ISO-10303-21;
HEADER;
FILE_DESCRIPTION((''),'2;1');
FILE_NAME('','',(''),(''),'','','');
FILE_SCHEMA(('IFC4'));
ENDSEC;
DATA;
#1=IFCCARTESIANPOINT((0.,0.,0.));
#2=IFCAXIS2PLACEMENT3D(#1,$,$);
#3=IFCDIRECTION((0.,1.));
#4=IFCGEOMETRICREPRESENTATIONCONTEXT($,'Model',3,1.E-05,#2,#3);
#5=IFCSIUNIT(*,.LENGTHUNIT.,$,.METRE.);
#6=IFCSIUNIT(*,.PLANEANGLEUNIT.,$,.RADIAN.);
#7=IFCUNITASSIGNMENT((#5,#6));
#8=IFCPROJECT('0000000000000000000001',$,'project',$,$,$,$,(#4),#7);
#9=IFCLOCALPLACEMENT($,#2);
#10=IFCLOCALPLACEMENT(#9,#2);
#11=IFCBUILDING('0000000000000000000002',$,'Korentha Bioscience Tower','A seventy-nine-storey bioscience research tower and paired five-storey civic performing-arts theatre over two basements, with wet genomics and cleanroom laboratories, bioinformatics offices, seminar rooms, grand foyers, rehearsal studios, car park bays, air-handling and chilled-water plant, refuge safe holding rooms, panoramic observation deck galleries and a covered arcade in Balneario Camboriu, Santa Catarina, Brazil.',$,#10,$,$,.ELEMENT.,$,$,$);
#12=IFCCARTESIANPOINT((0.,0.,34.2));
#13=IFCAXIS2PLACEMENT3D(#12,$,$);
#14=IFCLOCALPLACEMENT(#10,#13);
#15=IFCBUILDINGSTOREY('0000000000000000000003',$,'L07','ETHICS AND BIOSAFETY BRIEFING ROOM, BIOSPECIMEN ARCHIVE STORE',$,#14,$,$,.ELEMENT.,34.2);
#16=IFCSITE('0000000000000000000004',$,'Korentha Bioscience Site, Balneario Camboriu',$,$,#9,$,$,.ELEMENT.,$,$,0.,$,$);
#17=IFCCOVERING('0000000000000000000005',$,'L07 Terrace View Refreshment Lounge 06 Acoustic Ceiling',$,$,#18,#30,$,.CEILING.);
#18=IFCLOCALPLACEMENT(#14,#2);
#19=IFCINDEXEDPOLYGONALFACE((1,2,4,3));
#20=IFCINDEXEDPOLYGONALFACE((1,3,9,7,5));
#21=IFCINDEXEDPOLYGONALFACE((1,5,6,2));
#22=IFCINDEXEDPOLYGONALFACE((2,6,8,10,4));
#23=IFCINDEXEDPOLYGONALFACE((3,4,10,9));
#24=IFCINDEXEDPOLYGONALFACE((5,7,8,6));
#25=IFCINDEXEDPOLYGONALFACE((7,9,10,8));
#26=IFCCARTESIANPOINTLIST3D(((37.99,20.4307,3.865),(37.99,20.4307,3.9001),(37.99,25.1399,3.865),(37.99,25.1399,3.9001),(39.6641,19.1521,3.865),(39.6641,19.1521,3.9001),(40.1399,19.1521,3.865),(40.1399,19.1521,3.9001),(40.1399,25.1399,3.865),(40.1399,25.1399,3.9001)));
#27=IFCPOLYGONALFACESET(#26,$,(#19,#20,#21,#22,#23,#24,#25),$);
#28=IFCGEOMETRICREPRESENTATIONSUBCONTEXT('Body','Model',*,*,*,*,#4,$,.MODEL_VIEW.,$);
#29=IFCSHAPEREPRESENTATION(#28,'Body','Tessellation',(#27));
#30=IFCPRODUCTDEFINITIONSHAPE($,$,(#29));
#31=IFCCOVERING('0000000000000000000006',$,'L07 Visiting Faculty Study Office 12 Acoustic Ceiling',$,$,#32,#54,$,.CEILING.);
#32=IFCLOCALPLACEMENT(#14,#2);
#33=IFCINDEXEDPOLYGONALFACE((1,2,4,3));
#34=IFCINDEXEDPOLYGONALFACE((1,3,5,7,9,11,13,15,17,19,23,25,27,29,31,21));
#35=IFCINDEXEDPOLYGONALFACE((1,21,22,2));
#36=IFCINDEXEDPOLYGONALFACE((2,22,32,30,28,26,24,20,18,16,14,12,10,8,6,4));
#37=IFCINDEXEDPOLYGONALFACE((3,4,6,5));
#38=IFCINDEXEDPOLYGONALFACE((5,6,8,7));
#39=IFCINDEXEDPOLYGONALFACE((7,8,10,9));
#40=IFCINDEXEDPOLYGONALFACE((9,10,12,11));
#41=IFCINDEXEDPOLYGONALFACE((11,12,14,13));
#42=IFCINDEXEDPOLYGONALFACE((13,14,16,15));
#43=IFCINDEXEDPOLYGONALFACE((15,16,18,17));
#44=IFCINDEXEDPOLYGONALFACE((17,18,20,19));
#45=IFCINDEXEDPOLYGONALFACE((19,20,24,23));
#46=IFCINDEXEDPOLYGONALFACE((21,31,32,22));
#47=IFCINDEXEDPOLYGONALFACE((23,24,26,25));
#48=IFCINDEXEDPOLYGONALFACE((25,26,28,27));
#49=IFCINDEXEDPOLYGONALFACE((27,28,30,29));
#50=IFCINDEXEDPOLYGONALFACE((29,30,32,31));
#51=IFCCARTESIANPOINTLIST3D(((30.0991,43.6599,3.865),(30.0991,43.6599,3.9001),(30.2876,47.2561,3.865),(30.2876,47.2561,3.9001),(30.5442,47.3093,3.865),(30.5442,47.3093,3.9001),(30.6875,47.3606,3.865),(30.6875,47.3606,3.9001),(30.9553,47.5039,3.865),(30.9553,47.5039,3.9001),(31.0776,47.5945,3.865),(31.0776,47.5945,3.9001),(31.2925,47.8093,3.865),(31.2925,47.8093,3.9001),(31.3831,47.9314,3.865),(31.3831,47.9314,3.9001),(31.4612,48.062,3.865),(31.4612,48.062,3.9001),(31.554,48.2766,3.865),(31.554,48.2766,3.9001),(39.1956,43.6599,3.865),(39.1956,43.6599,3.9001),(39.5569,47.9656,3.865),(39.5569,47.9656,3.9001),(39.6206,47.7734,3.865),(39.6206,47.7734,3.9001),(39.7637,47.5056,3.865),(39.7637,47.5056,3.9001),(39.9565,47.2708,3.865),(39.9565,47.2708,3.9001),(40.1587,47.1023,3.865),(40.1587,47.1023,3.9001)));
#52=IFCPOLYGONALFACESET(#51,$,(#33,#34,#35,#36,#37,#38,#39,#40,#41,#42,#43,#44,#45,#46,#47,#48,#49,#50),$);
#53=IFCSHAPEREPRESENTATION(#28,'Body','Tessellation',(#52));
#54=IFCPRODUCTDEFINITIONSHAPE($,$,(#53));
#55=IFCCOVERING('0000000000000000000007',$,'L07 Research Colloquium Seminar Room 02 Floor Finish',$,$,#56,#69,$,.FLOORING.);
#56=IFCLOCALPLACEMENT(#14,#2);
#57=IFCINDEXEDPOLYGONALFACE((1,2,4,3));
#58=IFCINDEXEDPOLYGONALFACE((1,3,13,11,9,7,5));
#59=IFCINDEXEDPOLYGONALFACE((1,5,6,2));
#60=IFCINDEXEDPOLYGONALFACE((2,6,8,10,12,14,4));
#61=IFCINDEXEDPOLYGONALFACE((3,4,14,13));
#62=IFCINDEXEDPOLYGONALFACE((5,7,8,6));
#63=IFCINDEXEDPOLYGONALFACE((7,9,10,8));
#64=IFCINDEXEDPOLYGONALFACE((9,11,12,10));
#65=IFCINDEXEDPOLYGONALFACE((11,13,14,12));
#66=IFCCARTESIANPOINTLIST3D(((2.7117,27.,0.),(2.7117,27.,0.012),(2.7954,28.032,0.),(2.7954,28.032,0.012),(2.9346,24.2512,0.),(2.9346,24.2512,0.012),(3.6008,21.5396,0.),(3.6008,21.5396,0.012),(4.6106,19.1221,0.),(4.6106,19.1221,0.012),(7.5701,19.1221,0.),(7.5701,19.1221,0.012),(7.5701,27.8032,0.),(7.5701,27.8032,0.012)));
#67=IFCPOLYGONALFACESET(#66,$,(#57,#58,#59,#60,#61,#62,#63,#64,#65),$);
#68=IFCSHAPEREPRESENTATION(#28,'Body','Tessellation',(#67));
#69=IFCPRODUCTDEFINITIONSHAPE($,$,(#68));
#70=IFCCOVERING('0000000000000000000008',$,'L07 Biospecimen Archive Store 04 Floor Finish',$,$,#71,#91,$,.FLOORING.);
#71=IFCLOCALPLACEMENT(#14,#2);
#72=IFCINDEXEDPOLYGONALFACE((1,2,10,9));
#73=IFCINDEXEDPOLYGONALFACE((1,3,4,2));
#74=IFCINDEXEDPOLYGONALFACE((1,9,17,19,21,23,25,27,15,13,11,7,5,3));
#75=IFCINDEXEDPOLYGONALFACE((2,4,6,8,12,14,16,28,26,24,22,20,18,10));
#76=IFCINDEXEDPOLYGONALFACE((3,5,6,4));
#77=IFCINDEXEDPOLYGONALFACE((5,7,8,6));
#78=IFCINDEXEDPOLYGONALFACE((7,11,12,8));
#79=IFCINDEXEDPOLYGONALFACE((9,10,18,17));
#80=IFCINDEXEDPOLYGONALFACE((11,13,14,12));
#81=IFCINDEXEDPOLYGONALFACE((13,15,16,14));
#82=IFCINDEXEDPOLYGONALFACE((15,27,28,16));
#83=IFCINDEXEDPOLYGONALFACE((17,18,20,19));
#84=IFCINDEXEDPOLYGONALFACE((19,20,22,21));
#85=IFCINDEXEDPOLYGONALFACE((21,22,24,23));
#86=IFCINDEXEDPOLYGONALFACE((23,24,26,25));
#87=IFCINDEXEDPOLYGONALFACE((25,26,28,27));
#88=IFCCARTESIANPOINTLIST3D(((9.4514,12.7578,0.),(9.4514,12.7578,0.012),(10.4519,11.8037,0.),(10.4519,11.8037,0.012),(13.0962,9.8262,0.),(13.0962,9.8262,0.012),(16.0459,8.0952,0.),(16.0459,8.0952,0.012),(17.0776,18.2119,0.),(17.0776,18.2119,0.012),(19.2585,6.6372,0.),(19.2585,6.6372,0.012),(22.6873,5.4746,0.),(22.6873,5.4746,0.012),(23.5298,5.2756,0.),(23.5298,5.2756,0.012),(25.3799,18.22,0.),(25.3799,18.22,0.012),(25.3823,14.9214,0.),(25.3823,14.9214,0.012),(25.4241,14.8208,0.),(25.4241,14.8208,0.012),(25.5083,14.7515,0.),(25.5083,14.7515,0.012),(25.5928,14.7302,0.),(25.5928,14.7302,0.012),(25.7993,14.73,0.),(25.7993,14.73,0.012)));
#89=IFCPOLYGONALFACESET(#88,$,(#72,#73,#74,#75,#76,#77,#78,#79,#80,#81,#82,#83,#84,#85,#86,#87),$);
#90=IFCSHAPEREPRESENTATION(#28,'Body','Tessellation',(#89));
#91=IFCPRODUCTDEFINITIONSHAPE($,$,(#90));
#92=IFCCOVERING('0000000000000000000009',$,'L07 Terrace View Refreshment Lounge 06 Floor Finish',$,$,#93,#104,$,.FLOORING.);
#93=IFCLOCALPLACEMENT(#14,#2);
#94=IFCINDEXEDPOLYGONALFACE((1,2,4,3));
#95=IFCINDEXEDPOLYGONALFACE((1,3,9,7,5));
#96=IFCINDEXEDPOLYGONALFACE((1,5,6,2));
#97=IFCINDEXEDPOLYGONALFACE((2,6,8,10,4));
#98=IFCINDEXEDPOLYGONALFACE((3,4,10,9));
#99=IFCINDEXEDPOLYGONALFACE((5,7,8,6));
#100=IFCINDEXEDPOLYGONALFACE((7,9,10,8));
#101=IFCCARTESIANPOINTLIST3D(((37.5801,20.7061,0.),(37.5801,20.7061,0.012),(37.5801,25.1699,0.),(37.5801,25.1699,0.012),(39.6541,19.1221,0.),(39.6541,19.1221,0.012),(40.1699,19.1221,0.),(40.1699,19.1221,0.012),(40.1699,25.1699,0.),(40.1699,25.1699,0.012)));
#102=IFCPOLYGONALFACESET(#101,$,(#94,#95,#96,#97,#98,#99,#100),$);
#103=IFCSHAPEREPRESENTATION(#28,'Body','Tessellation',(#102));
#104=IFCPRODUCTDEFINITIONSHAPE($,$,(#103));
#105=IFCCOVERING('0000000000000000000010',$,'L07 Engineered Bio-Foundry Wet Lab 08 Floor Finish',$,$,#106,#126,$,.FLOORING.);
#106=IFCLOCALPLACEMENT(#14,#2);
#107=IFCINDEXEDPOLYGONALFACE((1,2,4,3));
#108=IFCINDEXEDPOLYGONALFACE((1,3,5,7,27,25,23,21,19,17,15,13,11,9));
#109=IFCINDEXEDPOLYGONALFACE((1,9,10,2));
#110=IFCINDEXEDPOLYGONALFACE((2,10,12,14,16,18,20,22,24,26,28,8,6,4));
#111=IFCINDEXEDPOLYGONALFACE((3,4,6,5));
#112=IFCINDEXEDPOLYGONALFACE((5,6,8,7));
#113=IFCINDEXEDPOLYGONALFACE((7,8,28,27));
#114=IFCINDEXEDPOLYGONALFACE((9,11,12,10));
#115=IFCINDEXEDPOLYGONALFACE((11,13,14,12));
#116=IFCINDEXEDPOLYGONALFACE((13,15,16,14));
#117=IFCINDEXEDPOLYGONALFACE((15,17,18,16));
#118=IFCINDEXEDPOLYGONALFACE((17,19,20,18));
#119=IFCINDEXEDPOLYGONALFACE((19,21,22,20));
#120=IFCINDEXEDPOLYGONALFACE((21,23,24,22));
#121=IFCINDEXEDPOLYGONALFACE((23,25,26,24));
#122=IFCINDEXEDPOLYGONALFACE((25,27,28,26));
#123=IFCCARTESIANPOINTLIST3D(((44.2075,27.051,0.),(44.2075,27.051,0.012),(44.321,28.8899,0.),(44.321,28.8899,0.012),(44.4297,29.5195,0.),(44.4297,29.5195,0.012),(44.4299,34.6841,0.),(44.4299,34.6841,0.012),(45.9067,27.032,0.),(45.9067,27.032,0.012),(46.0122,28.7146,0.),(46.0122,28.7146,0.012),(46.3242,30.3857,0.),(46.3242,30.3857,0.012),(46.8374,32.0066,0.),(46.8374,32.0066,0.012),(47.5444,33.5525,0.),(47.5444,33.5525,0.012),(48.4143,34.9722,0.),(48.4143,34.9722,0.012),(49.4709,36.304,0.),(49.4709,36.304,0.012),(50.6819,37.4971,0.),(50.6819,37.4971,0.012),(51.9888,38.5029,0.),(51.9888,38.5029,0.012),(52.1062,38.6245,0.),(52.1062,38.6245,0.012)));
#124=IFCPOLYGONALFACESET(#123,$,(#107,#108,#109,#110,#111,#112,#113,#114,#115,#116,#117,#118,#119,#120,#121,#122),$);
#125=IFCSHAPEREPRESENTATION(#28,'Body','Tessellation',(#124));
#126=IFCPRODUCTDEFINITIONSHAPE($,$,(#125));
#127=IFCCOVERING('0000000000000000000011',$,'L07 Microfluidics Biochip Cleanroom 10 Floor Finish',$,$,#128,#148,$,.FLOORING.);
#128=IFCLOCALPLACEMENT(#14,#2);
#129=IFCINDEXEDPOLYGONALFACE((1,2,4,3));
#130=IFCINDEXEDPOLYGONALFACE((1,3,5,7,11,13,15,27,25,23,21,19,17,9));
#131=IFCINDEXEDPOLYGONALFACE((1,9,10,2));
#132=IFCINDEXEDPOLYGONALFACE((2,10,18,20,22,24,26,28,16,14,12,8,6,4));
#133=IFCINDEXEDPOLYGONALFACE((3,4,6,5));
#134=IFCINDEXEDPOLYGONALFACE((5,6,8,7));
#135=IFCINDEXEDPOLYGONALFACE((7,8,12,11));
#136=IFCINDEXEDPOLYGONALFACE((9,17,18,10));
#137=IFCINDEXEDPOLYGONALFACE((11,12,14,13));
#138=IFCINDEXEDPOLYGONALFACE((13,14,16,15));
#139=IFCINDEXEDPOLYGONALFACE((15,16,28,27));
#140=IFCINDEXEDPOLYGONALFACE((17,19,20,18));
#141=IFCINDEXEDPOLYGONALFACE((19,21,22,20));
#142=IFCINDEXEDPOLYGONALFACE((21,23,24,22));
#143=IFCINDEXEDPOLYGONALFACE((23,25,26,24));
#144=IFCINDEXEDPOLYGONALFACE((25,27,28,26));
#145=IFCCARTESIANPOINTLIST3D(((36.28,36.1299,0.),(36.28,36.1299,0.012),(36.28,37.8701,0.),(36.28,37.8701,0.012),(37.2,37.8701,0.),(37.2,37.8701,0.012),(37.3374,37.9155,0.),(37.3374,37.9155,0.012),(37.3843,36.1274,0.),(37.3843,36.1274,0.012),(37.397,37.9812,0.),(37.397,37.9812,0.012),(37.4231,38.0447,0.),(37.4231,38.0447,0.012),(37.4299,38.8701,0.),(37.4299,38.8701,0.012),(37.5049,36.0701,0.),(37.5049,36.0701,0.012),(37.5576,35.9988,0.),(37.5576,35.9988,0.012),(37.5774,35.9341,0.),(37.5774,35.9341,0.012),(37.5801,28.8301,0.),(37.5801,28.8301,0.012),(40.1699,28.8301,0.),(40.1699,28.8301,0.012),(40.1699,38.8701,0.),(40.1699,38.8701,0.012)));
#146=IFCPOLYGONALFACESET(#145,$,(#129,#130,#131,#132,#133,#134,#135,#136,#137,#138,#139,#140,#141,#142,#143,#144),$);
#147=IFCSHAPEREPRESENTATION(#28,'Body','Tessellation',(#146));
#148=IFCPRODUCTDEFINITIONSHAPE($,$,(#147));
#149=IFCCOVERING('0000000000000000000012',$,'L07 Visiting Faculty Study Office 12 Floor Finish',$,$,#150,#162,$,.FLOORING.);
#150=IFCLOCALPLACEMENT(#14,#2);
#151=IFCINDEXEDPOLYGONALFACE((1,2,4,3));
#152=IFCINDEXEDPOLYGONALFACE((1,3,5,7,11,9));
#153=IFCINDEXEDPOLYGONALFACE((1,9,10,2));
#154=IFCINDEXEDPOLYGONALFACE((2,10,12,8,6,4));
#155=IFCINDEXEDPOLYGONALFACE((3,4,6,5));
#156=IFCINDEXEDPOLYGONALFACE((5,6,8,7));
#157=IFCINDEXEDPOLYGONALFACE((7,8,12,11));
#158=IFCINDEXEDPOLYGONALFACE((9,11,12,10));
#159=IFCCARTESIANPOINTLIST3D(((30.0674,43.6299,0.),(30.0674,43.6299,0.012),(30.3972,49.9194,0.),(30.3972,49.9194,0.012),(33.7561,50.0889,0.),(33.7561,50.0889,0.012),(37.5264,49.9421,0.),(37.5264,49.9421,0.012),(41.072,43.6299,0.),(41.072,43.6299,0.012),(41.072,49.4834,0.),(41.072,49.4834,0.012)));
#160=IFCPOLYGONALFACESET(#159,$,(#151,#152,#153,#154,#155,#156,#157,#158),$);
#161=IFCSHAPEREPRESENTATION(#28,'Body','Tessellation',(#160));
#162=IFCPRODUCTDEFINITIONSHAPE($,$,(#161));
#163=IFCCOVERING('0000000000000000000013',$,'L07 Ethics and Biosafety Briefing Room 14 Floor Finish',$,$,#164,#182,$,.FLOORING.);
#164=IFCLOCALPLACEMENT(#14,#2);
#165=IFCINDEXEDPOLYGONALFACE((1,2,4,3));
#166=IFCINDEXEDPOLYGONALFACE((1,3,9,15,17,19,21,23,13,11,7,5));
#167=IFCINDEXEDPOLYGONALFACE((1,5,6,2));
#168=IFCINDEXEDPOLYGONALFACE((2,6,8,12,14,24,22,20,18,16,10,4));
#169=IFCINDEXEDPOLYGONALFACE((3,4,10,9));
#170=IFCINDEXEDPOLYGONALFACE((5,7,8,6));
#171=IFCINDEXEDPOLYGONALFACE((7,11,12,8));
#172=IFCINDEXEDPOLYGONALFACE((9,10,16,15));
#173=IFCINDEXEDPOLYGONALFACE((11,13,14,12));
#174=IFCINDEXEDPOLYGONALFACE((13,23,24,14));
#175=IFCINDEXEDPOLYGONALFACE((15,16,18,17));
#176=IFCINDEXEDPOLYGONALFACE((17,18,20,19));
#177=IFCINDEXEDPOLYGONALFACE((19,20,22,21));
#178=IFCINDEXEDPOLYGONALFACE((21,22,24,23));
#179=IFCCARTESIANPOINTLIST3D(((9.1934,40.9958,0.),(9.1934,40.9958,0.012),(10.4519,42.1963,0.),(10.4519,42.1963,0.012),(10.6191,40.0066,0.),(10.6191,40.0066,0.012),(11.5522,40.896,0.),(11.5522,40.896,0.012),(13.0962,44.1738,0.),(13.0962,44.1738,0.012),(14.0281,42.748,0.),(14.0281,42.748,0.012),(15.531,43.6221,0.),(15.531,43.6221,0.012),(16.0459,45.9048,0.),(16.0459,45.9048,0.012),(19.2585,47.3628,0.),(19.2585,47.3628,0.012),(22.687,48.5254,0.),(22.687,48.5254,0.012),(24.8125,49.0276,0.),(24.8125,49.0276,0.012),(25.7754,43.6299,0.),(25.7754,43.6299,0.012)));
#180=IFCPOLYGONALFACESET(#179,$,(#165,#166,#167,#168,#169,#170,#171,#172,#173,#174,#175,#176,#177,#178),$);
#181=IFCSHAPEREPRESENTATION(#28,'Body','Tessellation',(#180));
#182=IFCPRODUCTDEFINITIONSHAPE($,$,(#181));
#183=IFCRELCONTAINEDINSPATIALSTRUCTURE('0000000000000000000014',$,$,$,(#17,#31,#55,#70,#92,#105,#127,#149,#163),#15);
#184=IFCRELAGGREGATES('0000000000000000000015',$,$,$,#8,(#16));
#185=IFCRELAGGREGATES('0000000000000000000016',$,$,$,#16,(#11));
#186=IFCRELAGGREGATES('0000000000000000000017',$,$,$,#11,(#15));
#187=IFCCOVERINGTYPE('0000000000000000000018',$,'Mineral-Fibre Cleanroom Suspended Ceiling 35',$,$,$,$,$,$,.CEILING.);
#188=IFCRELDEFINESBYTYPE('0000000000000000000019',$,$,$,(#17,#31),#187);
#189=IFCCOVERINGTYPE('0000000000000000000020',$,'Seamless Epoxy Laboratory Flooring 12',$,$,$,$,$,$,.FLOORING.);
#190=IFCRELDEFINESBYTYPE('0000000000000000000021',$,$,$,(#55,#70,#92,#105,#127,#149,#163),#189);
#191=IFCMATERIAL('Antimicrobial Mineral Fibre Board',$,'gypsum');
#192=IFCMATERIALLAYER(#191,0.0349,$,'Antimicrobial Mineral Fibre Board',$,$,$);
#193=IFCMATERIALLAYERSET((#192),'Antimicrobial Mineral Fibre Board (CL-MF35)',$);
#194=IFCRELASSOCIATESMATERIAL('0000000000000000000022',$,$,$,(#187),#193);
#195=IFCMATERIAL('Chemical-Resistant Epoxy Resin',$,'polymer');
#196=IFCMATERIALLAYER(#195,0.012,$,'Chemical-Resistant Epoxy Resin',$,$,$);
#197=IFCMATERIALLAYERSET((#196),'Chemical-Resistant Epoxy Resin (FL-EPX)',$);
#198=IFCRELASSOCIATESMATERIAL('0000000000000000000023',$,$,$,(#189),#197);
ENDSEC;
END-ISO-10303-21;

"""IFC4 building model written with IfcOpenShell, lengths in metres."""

from ifc_helpers import new_model, si_unit, direction, frame, origin, place, context, subcontext, project, spatial, polyline, outline, extrude, material, layer, layer_set, type_object, element, save


model = new_model("IFC4")

# Units and contexts
model_context = context("Model", 3, precision=1e-05, world=origin(), true_north=direction((0.0, 1.0)))
body_context = subcontext(model_context, "Body", "Model", "MODEL_VIEW")
ifc_project = project(units=[si_unit("LENGTHUNIT", "METRE"), si_unit("PLANEANGLEUNIT", "RADIAN")], contexts=[model_context])

# Site, building, storey
site_placement = place(None, origin())
site = spatial("IfcSite", under=ifc_project, at=site_placement, Name="Korentha Bioscience Site, Balneario Camboriu", CompositionType="ELEMENT", RefElevation=0.0)
building_placement = place(site_placement, origin())
building = spatial("IfcBuilding", under=site, at=building_placement, Name="Korentha Bioscience Tower", Description="A seventy-nine-storey bioscience research tower and paired five-storey civic performing-arts theatre over two basements, with wet genomics and cleanroom laboratories, bioinformatics offices, seminar rooms, grand foyers, rehearsal studios, car park bays, air-handling and chilled-water plant, refuge safe holding rooms, panoramic observation deck galleries and a covered arcade in Balneario Camboriu, Santa Catarina, Brazil.", CompositionType="ELEMENT")
storey_placement = place(building_placement, frame((0.0, 0.0, 34.2)))
storey = spatial("IfcBuildingStorey", under=building, at=storey_placement, Name="L07", Description="ETHICS AND BIOSAFETY BRIEFING ROOM, BIOSPECIMEN ARCHIVE STORE", CompositionType="ELEMENT", Elevation=34.2)

# Coverings
ifc_material_1 = material(Name="Antimicrobial Mineral Fibre Board", Category="gypsum")
ifc_layer_1 = layer(ifc_material_1, 0.0349, Name="Antimicrobial Mineral Fibre Board")
ifc_layer_set_1 = layer_set([ifc_layer_1], Name="Antimicrobial Mineral Fibre Board (CL-MF35)")
covering_type_1 = type_object("IfcCoveringType", Name="Mineral-Fibre Cleanroom Suspended Ceiling 35", PredefinedType="CEILING", material=ifc_layer_set_1)
covering_1_placement = place(storey_placement, frame((0.0, 0.0, 3.865)))
element("IfcCovering", 1, at=covering_1_placement, inside=storey, type_object=covering_type_1, Name="L07 Terrace View Refreshment Lounge 06 Acoustic Ceiling", PredefinedType="CEILING", context=body_context, shape_type="SweptSolid", body=[
    extrude(outline(polyline([(40.1399, 19.1521), (39.6641, 19.1521), (37.99, 20.4307), (37.99, 25.1399), (40.1399, 25.1399), (40.1399, 19.1521)])), origin(), (0.0, 0.0, 1.0), 0.0352),
])
covering_2_placement = place(storey_placement, frame((0.0, 0.0, 3.865)))
element("IfcCovering", 2, at=covering_2_placement, inside=storey, type_object=covering_type_1, Name="L07 Visiting Faculty Study Office 12 Acoustic Ceiling", PredefinedType="CEILING", context=body_context, shape_type="SweptSolid", body=[
    extrude(outline(polyline([(30.2876, 47.2561), (30.5442, 47.3093), (30.6875, 47.3606), (30.9553, 47.5039), (31.0776, 47.5945), (31.2925, 47.8093), (31.3831, 47.9314), (31.4612, 48.062), (31.554, 48.2766), (39.5569, 47.9656), (39.6206, 47.7734), (39.7637, 47.5056), (39.9565, 47.2708), (40.1587, 47.1023), (39.1956, 43.6599), (30.0991, 43.6599), (30.2876, 47.2561)])), origin(), (0.0, 0.0, 1.0), 0.0352),
])
ifc_material_2 = material(Name="Chemical-Resistant Epoxy Resin", Category="polymer")
ifc_layer_2 = layer(ifc_material_2, 0.012, Name="Chemical-Resistant Epoxy Resin")
ifc_layer_set_2 = layer_set([ifc_layer_2], Name="Chemical-Resistant Epoxy Resin (FL-EPX)")
covering_type_2 = type_object("IfcCoveringType", Name="Seamless Epoxy Laboratory Flooring 12", PredefinedType="FLOORING", material=ifc_layer_set_2)
covering_3_placement = place(storey_placement, origin())
element("IfcCovering", 3, at=covering_3_placement, inside=storey, type_object=covering_type_2, Name="L07 Research Colloquium Seminar Room 02 Floor Finish", PredefinedType="FLOORING", context=body_context, shape_type="SweptSolid", body=[
    extrude(outline(polyline([(2.7117, 27.0), (2.7954, 28.032), (7.5701, 27.8032), (7.5701, 19.1221), (4.6106, 19.1221), (3.6008, 21.5396), (2.9346, 24.2512), (2.7117, 27.0)])), origin(), (0.0, 0.0, 1.0), 0.012),
])
covering_4_placement = place(storey_placement, origin())
element("IfcCovering", 4, at=covering_4_placement, inside=storey, type_object=covering_type_2, Name="L07 Biospecimen Archive Store 04 Floor Finish", PredefinedType="FLOORING", context=body_context, shape_type="SweptSolid", body=[
    extrude(outline(polyline([(16.0459, 8.0952), (13.0962, 9.8262), (10.4519, 11.8037), (9.4514, 12.7578), (17.0776, 18.2119), (25.3799, 18.22), (25.3823, 14.9214), (25.4241, 14.8208), (25.5083, 14.7515), (25.5928, 14.7302), (25.7993, 14.73), (23.5298, 5.2756), (22.6873, 5.4746), (19.2585, 6.6372), (16.0459, 8.0952)])), origin(), (0.0, 0.0, 1.0), 0.012),
])
covering_5_placement = place(storey_placement, origin())
element("IfcCovering", 5, at=covering_5_placement, inside=storey, type_object=covering_type_2, Name="L07 Terrace View Refreshment Lounge 06 Floor Finish", PredefinedType="FLOORING", context=body_context, shape_type="SweptSolid", body=[
    extrude(outline(polyline([(37.5801, 20.7061), (37.5801, 25.1699), (40.1699, 25.1699), (40.1699, 19.1221), (39.6541, 19.1221), (37.5801, 20.7061)])), origin(), (0.0, 0.0, 1.0), 0.012),
])
covering_6_placement = place(storey_placement, origin())
element("IfcCovering", 6, at=covering_6_placement, inside=storey, type_object=covering_type_2, Name="L07 Engineered Bio-Foundry Wet Lab 08 Floor Finish", PredefinedType="FLOORING", context=body_context, shape_type="SweptSolid", body=[
    extrude(outline(polyline([(44.2075, 27.051), (44.321, 28.8899), (44.4297, 29.5195), (44.4299, 34.6841), (52.1062, 38.6245), (51.9888, 38.5029), (50.6819, 37.4971), (49.4709, 36.304), (48.4143, 34.9722), (47.5444, 33.5525), (46.8374, 32.0066), (46.3242, 30.3857), (46.0122, 28.7146), (45.9067, 27.032), (44.2075, 27.051)])), origin(), (0.0, 0.0, 1.0), 0.012),
])
covering_7_placement = place(storey_placement, origin())
element("IfcCovering", 7, at=covering_7_placement, inside=storey, type_object=covering_type_2, Name="L07 Microfluidics Biochip Cleanroom 10 Floor Finish", PredefinedType="FLOORING", context=body_context, shape_type="SweptSolid", body=[
    extrude(outline(polyline([(37.2, 37.8701), (37.3374, 37.9155), (37.397, 37.9812), (37.4231, 38.0447), (37.4299, 38.8701), (40.1699, 38.8701), (40.1699, 28.8301), (37.5801, 28.8301), (37.5774, 35.9341), (37.5576, 35.9988), (37.5049, 36.0701), (37.3843, 36.1274), (36.28, 36.1299), (36.28, 37.8701), (37.2, 37.8701)])), origin(), (0.0, 0.0, 1.0), 0.012),
])
covering_8_placement = place(storey_placement, origin())
element("IfcCovering", 8, at=covering_8_placement, inside=storey, type_object=covering_type_2, Name="L07 Visiting Faculty Study Office 12 Floor Finish", PredefinedType="FLOORING", context=body_context, shape_type="SweptSolid", body=[
    extrude(outline(polyline([(33.7561, 50.0889), (37.5264, 49.9421), (41.072, 49.4834), (41.072, 43.6299), (30.0674, 43.6299), (30.3972, 49.9194), (33.7561, 50.0889)])), origin(), (0.0, 0.0, 1.0), 0.012),
])
covering_9_placement = place(storey_placement, origin())
element("IfcCovering", 9, at=covering_9_placement, inside=storey, type_object=covering_type_2, Name="L07 Ethics and Biosafety Briefing Room 14 Floor Finish", PredefinedType="FLOORING", context=body_context, shape_type="SweptSolid", body=[
    extrude(outline(polyline([(10.4519, 42.1963), (13.0962, 44.1738), (16.0459, 45.9048), (19.2585, 47.3628), (22.687, 48.5254), (24.8125, 49.0276), (25.7754, 43.6299), (15.531, 43.6221), (14.0281, 42.748), (11.5522, 40.896), (10.6191, 40.0066), (9.1934, 40.9958), (10.4519, 42.1963)])), origin(), (0.0, 0.0, 1.0), 0.012),
])

save(model, "model.ifc")
